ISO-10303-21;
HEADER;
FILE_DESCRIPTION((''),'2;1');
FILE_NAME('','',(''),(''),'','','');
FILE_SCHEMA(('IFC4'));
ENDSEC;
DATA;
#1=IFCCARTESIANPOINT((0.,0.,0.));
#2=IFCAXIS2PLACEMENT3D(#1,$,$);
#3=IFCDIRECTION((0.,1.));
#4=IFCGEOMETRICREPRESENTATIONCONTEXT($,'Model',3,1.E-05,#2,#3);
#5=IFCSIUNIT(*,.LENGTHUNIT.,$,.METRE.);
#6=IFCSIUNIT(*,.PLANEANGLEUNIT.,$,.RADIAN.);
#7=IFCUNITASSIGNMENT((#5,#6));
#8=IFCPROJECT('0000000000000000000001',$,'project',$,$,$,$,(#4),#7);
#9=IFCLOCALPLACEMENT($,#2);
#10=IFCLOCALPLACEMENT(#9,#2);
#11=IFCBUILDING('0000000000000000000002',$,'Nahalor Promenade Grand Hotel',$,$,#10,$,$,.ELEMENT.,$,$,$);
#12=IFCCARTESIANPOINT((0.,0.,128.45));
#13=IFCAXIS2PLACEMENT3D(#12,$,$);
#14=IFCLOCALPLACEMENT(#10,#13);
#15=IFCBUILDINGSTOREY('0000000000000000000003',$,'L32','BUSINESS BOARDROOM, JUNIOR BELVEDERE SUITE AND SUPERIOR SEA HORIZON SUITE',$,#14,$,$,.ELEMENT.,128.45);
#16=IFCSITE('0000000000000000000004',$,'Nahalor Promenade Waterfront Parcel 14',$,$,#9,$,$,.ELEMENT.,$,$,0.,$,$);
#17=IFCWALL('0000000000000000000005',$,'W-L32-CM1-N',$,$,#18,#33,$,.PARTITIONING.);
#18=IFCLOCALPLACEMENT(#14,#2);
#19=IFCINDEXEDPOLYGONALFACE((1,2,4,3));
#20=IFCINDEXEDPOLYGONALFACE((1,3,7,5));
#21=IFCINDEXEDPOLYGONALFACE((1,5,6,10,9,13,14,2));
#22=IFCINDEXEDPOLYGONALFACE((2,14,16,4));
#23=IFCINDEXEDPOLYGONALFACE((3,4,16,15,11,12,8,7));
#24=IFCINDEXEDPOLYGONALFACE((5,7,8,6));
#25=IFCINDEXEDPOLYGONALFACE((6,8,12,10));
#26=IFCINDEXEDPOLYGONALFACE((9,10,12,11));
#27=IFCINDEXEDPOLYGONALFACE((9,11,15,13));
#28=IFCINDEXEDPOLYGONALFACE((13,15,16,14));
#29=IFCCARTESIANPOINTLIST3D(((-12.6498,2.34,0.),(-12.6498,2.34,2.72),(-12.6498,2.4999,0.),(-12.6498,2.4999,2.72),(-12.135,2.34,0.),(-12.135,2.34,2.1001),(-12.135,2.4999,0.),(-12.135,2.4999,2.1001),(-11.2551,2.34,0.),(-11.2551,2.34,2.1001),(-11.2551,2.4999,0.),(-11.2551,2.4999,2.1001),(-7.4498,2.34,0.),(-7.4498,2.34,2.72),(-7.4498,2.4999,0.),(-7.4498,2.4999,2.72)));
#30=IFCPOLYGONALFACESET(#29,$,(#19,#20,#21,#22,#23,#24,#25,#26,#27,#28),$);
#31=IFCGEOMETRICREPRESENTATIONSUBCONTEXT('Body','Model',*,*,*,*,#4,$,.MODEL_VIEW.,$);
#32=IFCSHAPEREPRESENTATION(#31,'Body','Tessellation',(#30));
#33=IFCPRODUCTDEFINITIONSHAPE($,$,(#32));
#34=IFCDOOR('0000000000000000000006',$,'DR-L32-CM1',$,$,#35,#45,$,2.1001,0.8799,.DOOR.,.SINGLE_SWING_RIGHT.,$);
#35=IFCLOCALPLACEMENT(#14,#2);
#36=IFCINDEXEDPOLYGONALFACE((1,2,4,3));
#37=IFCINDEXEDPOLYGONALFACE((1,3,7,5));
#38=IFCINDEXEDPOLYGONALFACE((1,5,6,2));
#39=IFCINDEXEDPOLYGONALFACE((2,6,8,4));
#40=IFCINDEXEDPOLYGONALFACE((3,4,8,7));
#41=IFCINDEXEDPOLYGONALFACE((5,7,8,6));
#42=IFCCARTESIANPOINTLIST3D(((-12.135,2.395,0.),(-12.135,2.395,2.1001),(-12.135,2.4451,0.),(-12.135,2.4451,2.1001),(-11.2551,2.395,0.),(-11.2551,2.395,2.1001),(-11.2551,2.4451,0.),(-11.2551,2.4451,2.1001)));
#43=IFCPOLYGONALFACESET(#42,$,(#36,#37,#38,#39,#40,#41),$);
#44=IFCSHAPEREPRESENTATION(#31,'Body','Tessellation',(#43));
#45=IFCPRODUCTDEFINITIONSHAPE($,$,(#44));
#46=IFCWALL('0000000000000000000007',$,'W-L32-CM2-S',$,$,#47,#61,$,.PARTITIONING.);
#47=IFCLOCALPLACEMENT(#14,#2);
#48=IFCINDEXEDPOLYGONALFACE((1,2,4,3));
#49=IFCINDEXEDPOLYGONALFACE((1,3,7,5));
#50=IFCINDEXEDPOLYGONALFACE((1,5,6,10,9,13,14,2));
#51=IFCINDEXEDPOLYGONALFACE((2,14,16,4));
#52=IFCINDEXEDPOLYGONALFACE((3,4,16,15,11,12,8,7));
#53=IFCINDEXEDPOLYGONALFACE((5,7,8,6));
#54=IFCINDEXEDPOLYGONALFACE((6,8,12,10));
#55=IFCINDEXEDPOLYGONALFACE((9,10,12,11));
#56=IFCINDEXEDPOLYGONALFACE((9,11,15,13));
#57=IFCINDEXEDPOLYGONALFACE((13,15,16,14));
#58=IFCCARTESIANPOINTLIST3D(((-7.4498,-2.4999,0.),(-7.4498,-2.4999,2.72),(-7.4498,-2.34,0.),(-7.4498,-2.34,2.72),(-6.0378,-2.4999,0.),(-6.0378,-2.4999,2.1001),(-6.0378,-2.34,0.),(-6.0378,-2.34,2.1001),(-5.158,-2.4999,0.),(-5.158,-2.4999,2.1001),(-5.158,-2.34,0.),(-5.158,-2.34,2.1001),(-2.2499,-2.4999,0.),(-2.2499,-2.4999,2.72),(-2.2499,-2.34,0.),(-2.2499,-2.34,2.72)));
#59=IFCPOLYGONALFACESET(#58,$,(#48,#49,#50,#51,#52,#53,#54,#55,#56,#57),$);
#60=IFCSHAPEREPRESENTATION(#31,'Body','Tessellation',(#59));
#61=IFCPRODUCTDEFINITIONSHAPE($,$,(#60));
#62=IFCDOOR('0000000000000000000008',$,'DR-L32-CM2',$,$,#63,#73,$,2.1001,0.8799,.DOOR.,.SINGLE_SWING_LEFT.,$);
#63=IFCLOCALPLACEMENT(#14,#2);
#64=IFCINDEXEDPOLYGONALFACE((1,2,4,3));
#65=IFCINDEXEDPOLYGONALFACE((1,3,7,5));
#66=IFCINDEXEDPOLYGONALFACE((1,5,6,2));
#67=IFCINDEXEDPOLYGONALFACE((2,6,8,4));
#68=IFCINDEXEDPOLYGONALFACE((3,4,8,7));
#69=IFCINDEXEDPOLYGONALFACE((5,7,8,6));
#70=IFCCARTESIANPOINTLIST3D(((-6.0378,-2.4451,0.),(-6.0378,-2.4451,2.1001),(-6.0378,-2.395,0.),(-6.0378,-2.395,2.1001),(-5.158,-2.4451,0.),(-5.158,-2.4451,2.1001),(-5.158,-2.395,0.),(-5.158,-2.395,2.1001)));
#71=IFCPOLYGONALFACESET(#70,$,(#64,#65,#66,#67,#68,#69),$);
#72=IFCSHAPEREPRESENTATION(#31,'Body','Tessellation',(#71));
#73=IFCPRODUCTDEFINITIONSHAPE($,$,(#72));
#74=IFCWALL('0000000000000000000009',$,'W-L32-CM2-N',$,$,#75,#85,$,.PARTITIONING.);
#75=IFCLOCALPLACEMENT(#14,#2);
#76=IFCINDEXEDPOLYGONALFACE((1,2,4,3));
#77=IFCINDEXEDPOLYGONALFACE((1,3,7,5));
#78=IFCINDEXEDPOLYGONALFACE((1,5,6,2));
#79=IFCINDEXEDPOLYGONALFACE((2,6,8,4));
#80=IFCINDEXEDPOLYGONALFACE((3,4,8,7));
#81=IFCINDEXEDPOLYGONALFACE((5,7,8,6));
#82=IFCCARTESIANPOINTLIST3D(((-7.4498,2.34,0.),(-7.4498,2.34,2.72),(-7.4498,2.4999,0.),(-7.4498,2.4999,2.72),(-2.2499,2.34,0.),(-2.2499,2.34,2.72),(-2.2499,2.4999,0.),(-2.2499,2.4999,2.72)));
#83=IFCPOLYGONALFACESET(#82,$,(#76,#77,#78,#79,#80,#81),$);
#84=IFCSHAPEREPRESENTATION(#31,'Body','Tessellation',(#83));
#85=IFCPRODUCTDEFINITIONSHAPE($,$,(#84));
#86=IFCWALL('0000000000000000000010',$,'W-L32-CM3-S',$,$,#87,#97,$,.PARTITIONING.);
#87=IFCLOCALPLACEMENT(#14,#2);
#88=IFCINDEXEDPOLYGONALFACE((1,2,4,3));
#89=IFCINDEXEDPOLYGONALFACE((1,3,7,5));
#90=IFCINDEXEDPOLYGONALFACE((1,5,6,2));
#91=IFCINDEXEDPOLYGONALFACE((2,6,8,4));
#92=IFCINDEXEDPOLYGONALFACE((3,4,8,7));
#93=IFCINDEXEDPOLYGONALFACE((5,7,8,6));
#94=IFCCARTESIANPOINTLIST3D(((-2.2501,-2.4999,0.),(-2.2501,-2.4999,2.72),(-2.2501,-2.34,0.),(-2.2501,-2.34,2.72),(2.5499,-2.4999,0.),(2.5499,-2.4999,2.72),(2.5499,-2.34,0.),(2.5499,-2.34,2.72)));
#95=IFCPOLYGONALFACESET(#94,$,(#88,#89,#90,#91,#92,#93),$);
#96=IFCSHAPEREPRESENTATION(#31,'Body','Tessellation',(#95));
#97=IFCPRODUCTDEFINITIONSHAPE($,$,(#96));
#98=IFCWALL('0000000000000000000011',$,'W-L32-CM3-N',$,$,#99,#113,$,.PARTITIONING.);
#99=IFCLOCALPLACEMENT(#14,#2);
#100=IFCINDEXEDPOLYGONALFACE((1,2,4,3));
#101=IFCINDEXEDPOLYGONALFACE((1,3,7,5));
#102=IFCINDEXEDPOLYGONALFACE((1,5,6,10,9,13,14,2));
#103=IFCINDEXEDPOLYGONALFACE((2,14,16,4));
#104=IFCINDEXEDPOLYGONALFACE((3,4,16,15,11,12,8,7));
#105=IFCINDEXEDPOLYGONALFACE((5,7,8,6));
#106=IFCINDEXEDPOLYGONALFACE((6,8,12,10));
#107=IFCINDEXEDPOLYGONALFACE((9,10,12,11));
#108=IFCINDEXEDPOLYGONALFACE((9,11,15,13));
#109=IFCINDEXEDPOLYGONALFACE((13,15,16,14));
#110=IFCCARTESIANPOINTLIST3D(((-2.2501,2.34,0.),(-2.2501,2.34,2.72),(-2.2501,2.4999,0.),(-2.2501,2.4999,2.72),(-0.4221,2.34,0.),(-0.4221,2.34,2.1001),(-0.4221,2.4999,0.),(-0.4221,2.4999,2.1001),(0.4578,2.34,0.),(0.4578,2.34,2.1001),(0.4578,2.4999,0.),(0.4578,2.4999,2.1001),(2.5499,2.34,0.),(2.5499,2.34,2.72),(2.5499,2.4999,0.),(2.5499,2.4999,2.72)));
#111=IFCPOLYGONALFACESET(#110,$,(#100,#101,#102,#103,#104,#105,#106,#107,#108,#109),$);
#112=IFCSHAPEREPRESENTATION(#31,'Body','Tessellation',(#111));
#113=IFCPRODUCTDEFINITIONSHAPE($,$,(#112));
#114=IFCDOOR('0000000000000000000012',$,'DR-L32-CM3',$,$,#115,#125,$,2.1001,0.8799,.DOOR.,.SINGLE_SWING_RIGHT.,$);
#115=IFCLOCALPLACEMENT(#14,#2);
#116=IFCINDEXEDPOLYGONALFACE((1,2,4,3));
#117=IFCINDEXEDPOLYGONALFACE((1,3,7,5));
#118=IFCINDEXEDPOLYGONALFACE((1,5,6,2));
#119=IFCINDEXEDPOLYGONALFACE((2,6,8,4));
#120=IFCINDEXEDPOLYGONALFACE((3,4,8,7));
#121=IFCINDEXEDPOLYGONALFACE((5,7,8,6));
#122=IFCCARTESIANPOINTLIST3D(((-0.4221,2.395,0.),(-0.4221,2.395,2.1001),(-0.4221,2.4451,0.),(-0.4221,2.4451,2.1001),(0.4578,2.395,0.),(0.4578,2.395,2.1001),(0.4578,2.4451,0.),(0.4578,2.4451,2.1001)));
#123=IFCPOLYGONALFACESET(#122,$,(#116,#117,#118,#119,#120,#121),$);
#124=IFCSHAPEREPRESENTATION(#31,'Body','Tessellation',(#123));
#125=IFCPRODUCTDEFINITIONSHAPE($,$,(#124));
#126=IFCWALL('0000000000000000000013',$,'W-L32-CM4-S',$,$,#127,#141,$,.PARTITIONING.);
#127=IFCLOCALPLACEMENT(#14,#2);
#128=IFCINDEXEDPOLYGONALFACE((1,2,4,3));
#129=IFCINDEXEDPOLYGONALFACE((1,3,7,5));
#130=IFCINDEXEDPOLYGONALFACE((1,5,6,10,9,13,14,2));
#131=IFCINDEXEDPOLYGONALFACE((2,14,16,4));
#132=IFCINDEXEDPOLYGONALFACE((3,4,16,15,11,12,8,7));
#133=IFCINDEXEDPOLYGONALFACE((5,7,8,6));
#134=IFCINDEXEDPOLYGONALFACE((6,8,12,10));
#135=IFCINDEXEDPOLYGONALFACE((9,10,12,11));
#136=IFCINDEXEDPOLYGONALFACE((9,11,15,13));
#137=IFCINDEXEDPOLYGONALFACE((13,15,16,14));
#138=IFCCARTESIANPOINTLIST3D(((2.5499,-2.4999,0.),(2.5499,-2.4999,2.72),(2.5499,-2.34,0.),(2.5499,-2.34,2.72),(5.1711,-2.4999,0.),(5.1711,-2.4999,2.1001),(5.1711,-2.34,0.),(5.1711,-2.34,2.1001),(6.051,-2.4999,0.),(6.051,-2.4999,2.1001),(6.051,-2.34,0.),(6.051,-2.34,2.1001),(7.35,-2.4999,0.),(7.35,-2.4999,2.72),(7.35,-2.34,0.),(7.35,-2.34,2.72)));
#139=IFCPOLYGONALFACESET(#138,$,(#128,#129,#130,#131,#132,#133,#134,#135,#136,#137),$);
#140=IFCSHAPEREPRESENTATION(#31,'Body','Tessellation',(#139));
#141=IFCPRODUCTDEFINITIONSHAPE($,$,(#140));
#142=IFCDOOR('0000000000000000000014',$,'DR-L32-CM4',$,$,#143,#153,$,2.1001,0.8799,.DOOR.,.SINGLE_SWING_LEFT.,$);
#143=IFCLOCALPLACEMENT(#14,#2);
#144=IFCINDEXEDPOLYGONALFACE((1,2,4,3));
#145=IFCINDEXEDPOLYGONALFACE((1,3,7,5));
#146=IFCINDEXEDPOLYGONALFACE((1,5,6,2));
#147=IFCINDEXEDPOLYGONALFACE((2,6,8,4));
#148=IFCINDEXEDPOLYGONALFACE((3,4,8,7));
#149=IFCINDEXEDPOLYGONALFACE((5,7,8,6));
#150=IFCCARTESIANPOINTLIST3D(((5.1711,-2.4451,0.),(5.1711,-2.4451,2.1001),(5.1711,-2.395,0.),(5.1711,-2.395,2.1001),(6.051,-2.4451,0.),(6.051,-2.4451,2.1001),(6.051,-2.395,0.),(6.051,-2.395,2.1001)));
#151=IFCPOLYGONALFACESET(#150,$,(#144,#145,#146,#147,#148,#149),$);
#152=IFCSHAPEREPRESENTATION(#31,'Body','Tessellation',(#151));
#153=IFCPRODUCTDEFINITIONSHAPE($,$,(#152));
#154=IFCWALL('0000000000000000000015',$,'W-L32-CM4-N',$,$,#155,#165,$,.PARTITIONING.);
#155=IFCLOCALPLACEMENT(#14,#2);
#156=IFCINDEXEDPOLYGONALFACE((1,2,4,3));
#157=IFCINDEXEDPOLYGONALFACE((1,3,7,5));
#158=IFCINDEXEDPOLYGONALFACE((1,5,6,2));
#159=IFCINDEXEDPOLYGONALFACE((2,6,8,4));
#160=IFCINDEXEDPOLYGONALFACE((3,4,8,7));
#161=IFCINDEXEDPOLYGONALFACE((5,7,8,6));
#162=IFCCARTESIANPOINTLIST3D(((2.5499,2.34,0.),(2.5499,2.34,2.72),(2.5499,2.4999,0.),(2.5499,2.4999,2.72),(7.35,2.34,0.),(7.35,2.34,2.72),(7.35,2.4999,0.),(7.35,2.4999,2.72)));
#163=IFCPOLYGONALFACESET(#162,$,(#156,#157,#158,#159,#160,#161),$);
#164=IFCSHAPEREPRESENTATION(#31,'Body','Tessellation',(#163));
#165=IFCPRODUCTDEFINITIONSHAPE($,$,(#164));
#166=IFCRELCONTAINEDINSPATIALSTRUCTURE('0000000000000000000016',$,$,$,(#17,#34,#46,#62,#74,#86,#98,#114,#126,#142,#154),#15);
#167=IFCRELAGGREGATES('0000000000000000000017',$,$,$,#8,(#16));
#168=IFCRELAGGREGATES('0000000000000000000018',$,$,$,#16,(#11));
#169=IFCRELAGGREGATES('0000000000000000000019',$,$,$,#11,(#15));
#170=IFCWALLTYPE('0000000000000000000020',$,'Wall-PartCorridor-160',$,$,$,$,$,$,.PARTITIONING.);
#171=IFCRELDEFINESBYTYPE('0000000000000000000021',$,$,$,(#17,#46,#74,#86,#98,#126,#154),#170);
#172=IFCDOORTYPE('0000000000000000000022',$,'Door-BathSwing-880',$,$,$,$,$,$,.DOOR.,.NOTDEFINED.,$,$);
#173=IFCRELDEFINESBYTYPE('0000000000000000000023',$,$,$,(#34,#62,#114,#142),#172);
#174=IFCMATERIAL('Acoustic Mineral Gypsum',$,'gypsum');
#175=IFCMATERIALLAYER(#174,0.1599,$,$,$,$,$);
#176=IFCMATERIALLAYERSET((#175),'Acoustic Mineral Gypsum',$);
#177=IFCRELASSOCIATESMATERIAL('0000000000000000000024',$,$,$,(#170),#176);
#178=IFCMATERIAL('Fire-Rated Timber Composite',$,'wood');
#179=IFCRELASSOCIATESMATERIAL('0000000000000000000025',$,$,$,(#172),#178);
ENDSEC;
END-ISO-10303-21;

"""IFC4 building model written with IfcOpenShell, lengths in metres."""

from ifc_helpers import new_model, si_unit, direction, frame, frame_2d, origin, place, context, subcontext, project, spatial, rectangle, extrude, source, transform, mapped, material, layer, layer_set, type_object, element, fill, save


model = new_model("IFC4")

# Units and contexts
model_context = context("Model", 3, precision=1e-05, world=origin(), true_north=direction((0.0, 1.0)))
body_context = subcontext(model_context, "Body", "Model", "MODEL_VIEW")
ifc_project = project(units=[si_unit("LENGTHUNIT", "METRE"), si_unit("PLANEANGLEUNIT", "RADIAN")], contexts=[model_context])

# Site, building, storey
site_placement = place(None, origin())
site = spatial("IfcSite", under=ifc_project, at=site_placement, Name="Nahalor Promenade Waterfront Parcel 14", CompositionType="ELEMENT", RefElevation=0.0)
building_placement = place(site_placement, origin())
building = spatial("IfcBuilding", under=site, at=building_placement, Name="Nahalor Promenade Grand Hotel", CompositionType="ELEMENT")
storey_placement = place(building_placement, frame((0.0, 0.0, 128.45)))
storey = spatial("IfcBuildingStorey", under=building, at=storey_placement, Name="L32", Description="BUSINESS BOARDROOM, JUNIOR BELVEDERE SUITE AND SUPERIOR SEA HORIZON SUITE", CompositionType="ELEMENT", Elevation=128.45)

# Shared definitions
ifc_material_1 = material(Name="Acoustic Mineral Gypsum", Category="gypsum")
ifc_layer_1 = layer(ifc_material_1, 0.1599)
ifc_layer_set_1 = layer_set([ifc_layer_1], Name="Acoustic Mineral Gypsum")
wall_type_1 = type_object("IfcWallType", Name="Wall-PartCorridor-160", PredefinedType="PARTITIONING", material=ifc_layer_set_1)

# Walls, openings, doors
shared_shape_1 = source(origin(), body_context, "Body", "SweptSolid", [
    extrude(rectangle(XDim=5.2, YDim=0.1599, at=frame_2d((2.6001, 0.0))), origin(), (0.0, 0.0, 1.0), 2.72),
])
wall_1_placement = place(storey_placement, frame((-12.6499, 2.4199, 0.0), z_axis=(0.0, 0.0, 1.0), x_axis=(1.0, 0.0, 0.0)))
wall_1 = element("IfcWall", 1, at=wall_1_placement, inside=storey, type_object=wall_type_1, Name="W-L32-CM1-N", PredefinedType="PARTITIONING", context=body_context, shape_type="MappedRepresentation", body=[
    mapped(shared_shape_1, transform((0.0, 0.0, 0.0), scale=1.0)),
])
opening_1_placement = place(wall_1_placement, frame((0.5149, 0.0, 0.0)))
opening_1 = element("IfcOpeningElement", 2, at=opening_1_placement, cuts=wall_1, PredefinedType="OPENING", context=body_context, shape_type="SweptSolid", body=[
    extrude(rectangle(XDim=0.8799, YDim=2.1001, at=frame_2d((0.4399, 1.05))), frame((0.0, 0.0898, 0.0), z_axis=(0.0, -1.0, 0.0), x_axis=(1.0, 0.0, 0.0)), (0.0, 0.0, 1.0), 0.1799),
])
ifc_material_2 = material(Name="Fire-Rated Timber Composite", Category="wood")
door_type = type_object("IfcDoorType", Name="Door-BathSwing-880", OperationType="NOTDEFINED", PredefinedType="DOOR", material=ifc_material_2)
shared_shape_2 = source(origin(), body_context, "Body", "SweptSolid", [
    extrude(rectangle(XDim=0.8799, YDim=2.1001, at=frame_2d((0.4399, 1.05))), frame((0.0, 0.0249, 0.0), z_axis=(0.0, -1.0, 0.0), x_axis=(1.0, 0.0, 0.0)), (0.0, 0.0, 1.0), 0.05),
])
door_1_placement = place(opening_1_placement, frame((0.8799, 0.0, 0.0), z_axis=(0.0, 0.0, 1.0), x_axis=(-1.0, 0.0, 0.0)))
door_1 = element("IfcDoor", 3, at=door_1_placement, inside=storey, type_object=door_type, Name="DR-L32-CM1", OperationType="SINGLE_SWING_RIGHT", OverallHeight=2.1001, OverallWidth=0.8799, PredefinedType="DOOR", context=body_context, shape_type="MappedRepresentation", body=[
    mapped(shared_shape_2, transform((0.0, 0.0, 0.0), scale=1.0)),
])
fill(opening_1, door_1)
wall_2_placement = place(storey_placement, frame((-7.45, -2.4199, 0.0), z_axis=(0.0, 0.0, 1.0), x_axis=(1.0, 0.0, 0.0)))
wall_2 = element("IfcWall", 4, at=wall_2_placement, inside=storey, type_object=wall_type_1, Name="W-L32-CM2-S", PredefinedType="PARTITIONING", context=body_context, shape_type="MappedRepresentation", body=[
    mapped(shared_shape_1, transform((0.0, 0.0, 0.0), scale=1.0)),
])
opening_2_placement = place(wall_2_placement, frame((1.4121, 0.0, 0.0)))
opening_2 = element("IfcOpeningElement", 5, at=opening_2_placement, cuts=wall_2, PredefinedType="OPENING", context=body_context, shape_type="SweptSolid", body=[
    extrude(rectangle(XDim=0.8799, YDim=2.1001, at=frame_2d((0.4399, 1.05))), frame((0.0, 0.0898, 0.0), z_axis=(0.0, -1.0, 0.0), x_axis=(1.0, 0.0, 0.0)), (0.0, 0.0, 1.0), 0.1799),
])
door_2_placement = place(opening_2_placement, origin())
door_2 = element("IfcDoor", 6, at=door_2_placement, inside=storey, type_object=door_type, Name="DR-L32-CM2", OperationType="SINGLE_SWING_LEFT", OverallHeight=2.1001, OverallWidth=0.8799, PredefinedType="DOOR", context=body_context, shape_type="MappedRepresentation", body=[
    mapped(shared_shape_2, transform((0.0, 0.0, 0.0), scale=1.0)),
])
fill(opening_2, door_2)

# Walls
wall_3_placement = place(storey_placement, frame((-7.45, 2.4199, 0.0), z_axis=(0.0, 0.0, 1.0), x_axis=(1.0, 0.0, 0.0)))
element("IfcWall", 7, at=wall_3_placement, inside=storey, type_object=wall_type_1, Name="W-L32-CM2-N", PredefinedType="PARTITIONING", context=body_context, shape_type="MappedRepresentation", body=[
    mapped(shared_shape_1, transform((0.0, 0.0, 0.0), scale=1.0)),
])
shared_shape_3 = source(origin(), body_context, "Body", "SweptSolid", [
    extrude(rectangle(XDim=4.8, YDim=0.1599, at=frame_2d((2.3999, 0.0))), origin(), (0.0, 0.0, 1.0), 2.72),
])
wall_4_placement = place(storey_placement, frame((-2.25, -2.4199, 0.0), z_axis=(0.0, 0.0, 1.0), x_axis=(1.0, 0.0, 0.0)))
element("IfcWall", 8, at=wall_4_placement, inside=storey, type_object=wall_type_1, Name="W-L32-CM3-S", PredefinedType="PARTITIONING", context=body_context, shape_type="MappedRepresentation", body=[
    mapped(shared_shape_3, transform((0.0, 0.0, 0.0), scale=1.0)),
])

# Walls, openings, doors
wall_5_placement = place(storey_placement, frame((-2.25, 2.4199, 0.0), z_axis=(0.0, 0.0, 1.0), x_axis=(1.0, 0.0, 0.0)))
wall_5 = element("IfcWall", 9, at=wall_5_placement, inside=storey, type_object=wall_type_1, Name="W-L32-CM3-N", PredefinedType="PARTITIONING", context=body_context, shape_type="MappedRepresentation", body=[
    mapped(shared_shape_3, transform((0.0, 0.0, 0.0), scale=1.0)),
])
opening_3_placement = place(wall_5_placement, frame((1.8279, 0.0, 0.0)))
opening_3 = element("IfcOpeningElement", 10, at=opening_3_placement, cuts=wall_5, PredefinedType="OPENING", context=body_context, shape_type="SweptSolid", body=[
    extrude(rectangle(XDim=0.8799, YDim=2.1001, at=frame_2d((0.4399, 1.05))), frame((0.0, 0.0898, 0.0), z_axis=(0.0, -1.0, 0.0), x_axis=(1.0, 0.0, 0.0)), (0.0, 0.0, 1.0), 0.1799),
])
door_3_placement = place(opening_3_placement, frame((0.8799, 0.0, 0.0), z_axis=(0.0, 0.0, 1.0), x_axis=(-1.0, 0.0, 0.0)))
door_3 = element("IfcDoor", 11, at=door_3_placement, inside=storey, type_object=door_type, Name="DR-L32-CM3", OperationType="SINGLE_SWING_RIGHT", OverallHeight=2.1001, OverallWidth=0.8799, PredefinedType="DOOR", context=body_context, shape_type="MappedRepresentation", body=[
    mapped(shared_shape_2, transform((0.0, 0.0, 0.0), scale=1.0)),
])
fill(opening_3, door_3)
wall_6_placement = place(storey_placement, frame((2.55, -2.4199, 0.0), z_axis=(0.0, 0.0, 1.0), x_axis=(1.0, 0.0, 0.0)))
wall_6 = element("IfcWall", 12, at=wall_6_placement, inside=storey, type_object=wall_type_1, Name="W-L32-CM4-S", PredefinedType="PARTITIONING", context=body_context, shape_type="MappedRepresentation", body=[
    mapped(shared_shape_3, transform((0.0, 0.0, 0.0), scale=1.0)),
])
opening_4_placement = place(wall_6_placement, frame((2.6211, 0.0, 0.0)))
opening_4 = element("IfcOpeningElement", 13, at=opening_4_placement, cuts=wall_6, PredefinedType="OPENING", context=body_context, shape_type="SweptSolid", body=[
    extrude(rectangle(XDim=0.8799, YDim=2.1001, at=frame_2d((0.4399, 1.05))), frame((0.0, 0.0898, 0.0), z_axis=(0.0, -1.0, 0.0), x_axis=(1.0, 0.0, 0.0)), (0.0, 0.0, 1.0), 0.1799),
])
door_4_placement = place(opening_4_placement, origin())
door_4 = element("IfcDoor", 14, at=door_4_placement, inside=storey, type_object=door_type, Name="DR-L32-CM4", OperationType="SINGLE_SWING_LEFT", OverallHeight=2.1001, OverallWidth=0.8799, PredefinedType="DOOR", context=body_context, shape_type="MappedRepresentation", body=[
    mapped(shared_shape_2, transform((0.0, 0.0, 0.0), scale=1.0)),
])
fill(opening_4, door_4)

# Wall
wall_7_placement = place(storey_placement, frame((2.55, 2.4199, 0.0), z_axis=(0.0, 0.0, 1.0), x_axis=(1.0, 0.0, 0.0)))
element("IfcWall", 15, at=wall_7_placement, inside=storey, type_object=wall_type_1, Name="W-L32-CM4-N", PredefinedType="PARTITIONING", context=body_context, shape_type="MappedRepresentation", body=[
    mapped(shared_shape_3, transform((0.0, 0.0, 0.0), scale=1.0)),
])

save(model, "model.ifc")
